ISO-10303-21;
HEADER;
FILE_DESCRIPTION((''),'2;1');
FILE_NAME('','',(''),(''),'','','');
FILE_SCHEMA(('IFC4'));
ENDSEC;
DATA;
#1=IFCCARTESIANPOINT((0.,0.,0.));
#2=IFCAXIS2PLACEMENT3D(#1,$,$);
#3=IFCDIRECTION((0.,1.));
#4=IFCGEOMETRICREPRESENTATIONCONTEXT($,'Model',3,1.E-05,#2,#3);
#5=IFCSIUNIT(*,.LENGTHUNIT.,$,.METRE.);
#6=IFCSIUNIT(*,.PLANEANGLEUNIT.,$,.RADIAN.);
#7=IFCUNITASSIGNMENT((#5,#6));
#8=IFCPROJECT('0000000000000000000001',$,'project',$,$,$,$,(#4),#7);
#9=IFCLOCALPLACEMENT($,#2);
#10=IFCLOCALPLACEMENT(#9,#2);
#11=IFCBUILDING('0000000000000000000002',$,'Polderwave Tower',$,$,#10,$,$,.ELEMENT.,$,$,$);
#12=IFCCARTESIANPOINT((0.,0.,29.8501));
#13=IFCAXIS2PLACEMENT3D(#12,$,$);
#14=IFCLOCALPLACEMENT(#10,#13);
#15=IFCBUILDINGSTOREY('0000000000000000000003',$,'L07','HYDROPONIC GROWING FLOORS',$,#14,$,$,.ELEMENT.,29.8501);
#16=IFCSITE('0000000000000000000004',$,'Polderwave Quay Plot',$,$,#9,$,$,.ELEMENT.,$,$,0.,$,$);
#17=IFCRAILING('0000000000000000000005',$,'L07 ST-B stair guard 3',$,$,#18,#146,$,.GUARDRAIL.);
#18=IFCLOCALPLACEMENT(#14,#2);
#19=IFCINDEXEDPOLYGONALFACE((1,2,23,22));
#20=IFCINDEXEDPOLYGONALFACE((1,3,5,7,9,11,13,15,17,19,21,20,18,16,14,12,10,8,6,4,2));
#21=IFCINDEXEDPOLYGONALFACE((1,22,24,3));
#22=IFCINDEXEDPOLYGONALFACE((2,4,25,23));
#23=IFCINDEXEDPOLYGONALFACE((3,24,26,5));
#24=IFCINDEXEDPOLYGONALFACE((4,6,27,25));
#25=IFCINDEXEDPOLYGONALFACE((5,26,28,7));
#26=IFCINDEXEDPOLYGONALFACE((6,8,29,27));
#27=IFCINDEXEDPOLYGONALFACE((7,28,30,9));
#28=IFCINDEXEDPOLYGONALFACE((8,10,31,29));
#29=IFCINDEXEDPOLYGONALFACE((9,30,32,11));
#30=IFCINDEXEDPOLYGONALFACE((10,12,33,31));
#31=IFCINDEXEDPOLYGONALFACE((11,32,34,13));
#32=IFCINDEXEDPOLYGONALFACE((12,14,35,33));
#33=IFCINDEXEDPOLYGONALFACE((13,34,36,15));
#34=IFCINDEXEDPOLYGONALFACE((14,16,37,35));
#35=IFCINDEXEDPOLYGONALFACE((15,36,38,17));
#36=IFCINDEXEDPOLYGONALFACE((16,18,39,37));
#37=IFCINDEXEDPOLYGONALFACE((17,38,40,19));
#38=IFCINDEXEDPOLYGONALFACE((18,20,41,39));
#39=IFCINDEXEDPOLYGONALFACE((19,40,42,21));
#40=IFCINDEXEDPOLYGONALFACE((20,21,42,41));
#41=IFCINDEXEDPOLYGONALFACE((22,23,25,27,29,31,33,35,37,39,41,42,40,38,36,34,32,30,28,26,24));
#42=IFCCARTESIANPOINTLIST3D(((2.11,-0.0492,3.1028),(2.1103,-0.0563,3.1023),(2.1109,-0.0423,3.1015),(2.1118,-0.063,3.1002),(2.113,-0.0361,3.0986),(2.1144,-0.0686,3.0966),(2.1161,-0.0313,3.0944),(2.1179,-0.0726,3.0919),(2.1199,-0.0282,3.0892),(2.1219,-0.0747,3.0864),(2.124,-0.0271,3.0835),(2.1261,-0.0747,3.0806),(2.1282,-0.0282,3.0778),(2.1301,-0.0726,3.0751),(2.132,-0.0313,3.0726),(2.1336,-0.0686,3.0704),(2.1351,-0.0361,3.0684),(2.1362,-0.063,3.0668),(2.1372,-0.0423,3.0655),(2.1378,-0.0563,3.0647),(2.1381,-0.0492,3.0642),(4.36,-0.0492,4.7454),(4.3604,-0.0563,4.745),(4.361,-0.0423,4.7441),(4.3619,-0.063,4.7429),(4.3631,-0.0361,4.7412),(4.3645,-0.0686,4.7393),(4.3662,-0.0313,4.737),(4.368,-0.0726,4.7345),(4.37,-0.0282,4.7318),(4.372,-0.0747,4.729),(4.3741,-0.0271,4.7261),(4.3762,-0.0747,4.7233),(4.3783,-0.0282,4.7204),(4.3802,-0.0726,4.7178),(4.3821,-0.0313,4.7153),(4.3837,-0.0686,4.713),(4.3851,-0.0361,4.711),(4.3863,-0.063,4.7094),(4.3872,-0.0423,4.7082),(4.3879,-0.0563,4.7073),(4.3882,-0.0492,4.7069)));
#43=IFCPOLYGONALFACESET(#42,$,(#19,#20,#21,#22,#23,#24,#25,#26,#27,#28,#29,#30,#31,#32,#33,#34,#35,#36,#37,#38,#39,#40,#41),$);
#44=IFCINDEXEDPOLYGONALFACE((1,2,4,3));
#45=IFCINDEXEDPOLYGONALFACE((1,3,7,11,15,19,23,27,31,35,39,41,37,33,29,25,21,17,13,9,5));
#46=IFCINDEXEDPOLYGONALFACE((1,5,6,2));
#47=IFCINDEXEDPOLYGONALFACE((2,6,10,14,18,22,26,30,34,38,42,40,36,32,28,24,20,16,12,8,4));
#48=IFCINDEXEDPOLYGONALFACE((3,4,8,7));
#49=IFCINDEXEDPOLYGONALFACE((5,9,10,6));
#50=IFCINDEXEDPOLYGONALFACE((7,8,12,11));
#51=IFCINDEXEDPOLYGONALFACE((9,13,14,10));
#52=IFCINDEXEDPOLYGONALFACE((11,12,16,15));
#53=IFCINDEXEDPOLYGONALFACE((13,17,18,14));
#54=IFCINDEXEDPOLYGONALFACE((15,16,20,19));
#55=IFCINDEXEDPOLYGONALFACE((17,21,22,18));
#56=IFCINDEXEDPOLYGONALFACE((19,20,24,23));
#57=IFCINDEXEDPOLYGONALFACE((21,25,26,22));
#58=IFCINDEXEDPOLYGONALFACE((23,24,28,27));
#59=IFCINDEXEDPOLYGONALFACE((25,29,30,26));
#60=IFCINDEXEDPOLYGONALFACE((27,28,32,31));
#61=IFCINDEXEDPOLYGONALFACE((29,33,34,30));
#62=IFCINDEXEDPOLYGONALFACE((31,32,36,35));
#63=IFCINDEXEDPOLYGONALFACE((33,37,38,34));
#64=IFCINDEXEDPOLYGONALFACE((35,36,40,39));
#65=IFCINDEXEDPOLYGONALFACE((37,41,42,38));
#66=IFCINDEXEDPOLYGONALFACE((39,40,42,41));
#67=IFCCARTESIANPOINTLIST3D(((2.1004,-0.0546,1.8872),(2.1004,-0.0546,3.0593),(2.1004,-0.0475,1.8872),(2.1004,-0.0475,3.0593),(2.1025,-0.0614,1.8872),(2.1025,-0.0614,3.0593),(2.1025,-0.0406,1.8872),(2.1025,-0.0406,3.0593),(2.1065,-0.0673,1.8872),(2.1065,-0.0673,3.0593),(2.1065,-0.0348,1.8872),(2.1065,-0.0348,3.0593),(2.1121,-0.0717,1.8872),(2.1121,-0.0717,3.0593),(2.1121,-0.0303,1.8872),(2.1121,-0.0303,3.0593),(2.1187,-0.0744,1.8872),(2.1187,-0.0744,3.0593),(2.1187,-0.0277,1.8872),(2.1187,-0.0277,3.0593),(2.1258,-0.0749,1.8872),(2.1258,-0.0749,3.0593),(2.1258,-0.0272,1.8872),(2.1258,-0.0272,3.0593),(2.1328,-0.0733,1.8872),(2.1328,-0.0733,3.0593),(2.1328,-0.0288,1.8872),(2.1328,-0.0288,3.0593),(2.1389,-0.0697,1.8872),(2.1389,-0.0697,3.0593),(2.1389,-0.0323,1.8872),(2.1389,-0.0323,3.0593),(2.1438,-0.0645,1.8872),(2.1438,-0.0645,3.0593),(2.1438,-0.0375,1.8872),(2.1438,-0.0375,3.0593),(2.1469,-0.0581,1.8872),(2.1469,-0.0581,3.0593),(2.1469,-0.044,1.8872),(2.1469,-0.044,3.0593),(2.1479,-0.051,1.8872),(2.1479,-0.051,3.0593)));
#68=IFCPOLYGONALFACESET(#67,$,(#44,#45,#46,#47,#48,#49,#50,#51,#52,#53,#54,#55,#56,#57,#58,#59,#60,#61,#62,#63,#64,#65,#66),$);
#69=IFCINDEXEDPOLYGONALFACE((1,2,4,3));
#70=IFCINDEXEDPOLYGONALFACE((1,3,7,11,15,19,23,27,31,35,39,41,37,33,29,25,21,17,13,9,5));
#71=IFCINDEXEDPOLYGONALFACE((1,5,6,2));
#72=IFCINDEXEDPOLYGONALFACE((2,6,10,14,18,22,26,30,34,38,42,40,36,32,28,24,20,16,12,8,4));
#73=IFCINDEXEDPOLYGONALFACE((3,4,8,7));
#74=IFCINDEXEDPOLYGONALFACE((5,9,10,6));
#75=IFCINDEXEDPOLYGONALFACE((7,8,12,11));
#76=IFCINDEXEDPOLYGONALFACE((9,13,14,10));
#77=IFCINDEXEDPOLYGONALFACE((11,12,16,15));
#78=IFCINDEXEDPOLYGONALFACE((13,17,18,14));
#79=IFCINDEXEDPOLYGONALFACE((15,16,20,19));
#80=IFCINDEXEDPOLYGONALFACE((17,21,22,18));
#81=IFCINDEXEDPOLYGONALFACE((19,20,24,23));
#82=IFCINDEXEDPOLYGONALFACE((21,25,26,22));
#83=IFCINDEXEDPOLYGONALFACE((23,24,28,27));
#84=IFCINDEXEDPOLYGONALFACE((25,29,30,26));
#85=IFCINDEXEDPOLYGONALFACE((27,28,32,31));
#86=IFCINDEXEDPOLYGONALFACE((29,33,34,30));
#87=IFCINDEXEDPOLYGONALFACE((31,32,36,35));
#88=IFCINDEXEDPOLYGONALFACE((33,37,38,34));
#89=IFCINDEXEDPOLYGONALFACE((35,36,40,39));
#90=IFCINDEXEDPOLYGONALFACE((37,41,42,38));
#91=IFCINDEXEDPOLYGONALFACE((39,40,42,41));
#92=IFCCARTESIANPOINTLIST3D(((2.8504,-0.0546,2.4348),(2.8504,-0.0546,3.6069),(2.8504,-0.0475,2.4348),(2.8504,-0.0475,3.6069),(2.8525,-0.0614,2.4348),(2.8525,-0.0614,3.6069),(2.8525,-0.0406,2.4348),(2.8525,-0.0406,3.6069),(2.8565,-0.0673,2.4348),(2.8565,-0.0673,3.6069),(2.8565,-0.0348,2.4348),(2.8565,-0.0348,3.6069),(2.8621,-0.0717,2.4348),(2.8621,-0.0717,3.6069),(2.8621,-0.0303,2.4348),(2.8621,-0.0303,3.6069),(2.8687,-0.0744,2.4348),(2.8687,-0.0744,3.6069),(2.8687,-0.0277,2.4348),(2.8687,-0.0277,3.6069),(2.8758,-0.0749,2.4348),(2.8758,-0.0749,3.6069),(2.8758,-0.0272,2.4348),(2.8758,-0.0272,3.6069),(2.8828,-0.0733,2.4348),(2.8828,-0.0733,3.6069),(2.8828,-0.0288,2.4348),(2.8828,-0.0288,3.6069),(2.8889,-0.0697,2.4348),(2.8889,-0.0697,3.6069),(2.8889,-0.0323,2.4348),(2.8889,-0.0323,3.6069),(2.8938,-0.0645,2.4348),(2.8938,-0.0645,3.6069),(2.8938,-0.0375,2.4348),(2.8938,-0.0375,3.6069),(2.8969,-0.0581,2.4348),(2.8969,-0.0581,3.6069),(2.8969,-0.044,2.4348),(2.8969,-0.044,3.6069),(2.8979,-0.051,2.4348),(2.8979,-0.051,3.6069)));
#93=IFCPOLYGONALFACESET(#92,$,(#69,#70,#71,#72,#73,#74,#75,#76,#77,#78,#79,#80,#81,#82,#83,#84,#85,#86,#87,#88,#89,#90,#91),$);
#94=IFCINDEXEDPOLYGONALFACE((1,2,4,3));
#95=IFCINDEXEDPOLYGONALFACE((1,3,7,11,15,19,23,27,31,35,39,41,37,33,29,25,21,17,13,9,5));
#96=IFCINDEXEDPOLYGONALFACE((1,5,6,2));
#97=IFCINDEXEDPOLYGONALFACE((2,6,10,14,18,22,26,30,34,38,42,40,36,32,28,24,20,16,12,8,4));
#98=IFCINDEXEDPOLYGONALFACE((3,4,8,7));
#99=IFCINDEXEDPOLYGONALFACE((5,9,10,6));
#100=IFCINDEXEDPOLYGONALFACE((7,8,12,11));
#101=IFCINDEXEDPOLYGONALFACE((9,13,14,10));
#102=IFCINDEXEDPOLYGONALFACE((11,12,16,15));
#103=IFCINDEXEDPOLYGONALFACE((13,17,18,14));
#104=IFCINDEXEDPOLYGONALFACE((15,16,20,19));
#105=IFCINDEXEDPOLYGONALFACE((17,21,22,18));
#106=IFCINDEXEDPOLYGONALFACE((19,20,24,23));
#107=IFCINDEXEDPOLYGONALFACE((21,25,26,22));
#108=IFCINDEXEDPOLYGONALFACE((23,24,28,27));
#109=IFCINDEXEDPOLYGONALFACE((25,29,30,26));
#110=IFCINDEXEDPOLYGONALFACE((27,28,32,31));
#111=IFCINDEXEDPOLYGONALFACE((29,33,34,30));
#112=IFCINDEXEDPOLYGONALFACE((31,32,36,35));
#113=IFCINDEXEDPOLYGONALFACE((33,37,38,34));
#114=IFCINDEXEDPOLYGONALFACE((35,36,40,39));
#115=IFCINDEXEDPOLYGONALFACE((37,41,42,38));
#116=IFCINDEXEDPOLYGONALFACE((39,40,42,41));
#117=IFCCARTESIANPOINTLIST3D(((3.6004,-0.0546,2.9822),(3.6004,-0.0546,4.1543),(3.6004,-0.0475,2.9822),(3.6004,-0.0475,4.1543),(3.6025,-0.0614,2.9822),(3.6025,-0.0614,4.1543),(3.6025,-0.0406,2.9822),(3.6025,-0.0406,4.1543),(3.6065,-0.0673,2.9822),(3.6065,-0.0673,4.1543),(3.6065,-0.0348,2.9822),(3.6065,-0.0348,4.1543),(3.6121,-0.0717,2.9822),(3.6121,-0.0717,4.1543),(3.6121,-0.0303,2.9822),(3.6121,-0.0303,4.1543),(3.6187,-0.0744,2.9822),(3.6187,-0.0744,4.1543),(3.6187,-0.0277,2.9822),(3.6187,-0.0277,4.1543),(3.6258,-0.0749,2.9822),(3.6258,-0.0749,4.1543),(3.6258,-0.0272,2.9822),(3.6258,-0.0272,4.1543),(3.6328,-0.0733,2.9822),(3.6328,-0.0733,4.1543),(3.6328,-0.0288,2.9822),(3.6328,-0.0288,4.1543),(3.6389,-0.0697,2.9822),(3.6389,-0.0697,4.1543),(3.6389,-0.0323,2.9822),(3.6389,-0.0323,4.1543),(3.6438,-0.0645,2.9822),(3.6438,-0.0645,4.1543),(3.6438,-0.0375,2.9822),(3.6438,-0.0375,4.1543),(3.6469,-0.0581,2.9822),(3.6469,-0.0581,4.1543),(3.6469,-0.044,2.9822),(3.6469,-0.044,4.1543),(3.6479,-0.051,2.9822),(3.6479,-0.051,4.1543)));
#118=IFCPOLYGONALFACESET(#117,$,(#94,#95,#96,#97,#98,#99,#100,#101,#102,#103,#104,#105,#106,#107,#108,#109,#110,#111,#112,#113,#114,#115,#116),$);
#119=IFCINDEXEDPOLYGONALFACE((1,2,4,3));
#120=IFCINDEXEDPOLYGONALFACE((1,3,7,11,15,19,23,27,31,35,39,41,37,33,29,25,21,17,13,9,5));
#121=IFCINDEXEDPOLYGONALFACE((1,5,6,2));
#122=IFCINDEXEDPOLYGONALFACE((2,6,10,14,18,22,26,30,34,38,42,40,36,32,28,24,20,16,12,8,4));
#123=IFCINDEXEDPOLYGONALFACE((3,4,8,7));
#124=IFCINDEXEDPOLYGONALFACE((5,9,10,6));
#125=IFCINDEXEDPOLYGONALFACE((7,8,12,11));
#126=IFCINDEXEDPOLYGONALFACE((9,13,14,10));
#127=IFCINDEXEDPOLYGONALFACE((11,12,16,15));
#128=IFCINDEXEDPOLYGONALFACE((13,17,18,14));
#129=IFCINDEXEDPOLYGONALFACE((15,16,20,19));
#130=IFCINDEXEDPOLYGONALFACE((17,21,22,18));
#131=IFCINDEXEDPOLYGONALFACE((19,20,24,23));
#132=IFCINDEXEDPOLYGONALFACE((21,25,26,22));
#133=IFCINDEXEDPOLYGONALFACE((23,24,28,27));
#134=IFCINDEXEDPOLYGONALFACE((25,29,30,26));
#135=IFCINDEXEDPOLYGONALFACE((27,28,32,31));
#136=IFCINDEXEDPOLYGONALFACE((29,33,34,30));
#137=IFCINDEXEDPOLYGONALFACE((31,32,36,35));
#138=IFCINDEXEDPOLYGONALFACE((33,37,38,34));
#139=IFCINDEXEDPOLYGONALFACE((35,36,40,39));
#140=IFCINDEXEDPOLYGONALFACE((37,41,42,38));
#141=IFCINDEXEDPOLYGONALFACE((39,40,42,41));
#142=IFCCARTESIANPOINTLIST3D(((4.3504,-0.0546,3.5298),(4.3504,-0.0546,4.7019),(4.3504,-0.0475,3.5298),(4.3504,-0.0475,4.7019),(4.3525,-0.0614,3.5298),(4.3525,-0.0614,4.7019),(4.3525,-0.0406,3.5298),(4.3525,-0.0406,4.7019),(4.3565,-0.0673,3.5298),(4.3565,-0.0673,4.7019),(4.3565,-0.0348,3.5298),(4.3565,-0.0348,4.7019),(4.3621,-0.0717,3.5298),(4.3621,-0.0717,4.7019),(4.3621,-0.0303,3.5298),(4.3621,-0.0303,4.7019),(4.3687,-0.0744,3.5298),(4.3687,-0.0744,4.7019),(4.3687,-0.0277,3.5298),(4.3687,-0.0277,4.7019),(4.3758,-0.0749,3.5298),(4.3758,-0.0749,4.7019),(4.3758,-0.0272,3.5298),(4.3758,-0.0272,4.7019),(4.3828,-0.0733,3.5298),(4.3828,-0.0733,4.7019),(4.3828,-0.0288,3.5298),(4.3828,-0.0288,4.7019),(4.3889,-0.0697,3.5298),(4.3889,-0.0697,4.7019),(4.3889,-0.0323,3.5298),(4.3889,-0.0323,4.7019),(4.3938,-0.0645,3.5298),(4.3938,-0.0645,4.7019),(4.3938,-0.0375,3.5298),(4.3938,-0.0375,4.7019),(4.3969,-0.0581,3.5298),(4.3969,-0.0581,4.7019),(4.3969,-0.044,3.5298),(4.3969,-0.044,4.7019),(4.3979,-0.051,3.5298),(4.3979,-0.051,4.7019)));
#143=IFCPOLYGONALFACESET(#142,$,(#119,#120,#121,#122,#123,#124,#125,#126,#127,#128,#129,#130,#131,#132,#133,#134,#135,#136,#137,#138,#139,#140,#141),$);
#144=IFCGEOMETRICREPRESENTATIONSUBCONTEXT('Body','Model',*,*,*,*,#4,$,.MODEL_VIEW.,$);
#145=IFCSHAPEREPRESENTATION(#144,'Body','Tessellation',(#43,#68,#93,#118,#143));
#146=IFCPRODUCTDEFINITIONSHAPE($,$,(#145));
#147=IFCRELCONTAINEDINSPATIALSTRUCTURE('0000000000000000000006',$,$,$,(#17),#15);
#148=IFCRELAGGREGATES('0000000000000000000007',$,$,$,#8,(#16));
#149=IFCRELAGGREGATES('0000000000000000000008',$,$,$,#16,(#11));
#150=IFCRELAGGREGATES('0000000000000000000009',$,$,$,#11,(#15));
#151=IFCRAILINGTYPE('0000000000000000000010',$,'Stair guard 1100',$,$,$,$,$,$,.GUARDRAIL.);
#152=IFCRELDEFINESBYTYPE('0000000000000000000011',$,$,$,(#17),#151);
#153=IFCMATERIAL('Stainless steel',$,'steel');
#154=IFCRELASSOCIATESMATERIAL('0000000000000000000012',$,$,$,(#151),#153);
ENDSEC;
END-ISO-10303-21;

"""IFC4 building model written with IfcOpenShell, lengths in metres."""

from ifc_helpers import new_model, si_unit, direction, frame, origin, origin_2d, place, context, subcontext, project, spatial, circle, extrude, material, type_object, element, save


model = new_model("IFC4")

# Units and contexts
model_context = context("Model", 3, precision=1e-05, world=origin(), true_north=direction((0.0, 1.0)))
body_context = subcontext(model_context, "Body", "Model", "MODEL_VIEW")
ifc_project = project(units=[si_unit("LENGTHUNIT", "METRE"), si_unit("PLANEANGLEUNIT", "RADIAN")], contexts=[model_context])

# Site, building, storey
site_placement = place(None, origin())
site = spatial("IfcSite", under=ifc_project, at=site_placement, Name="Polderwave Quay Plot", CompositionType="ELEMENT", RefElevation=0.0)
building_placement = place(site_placement, origin())
building = spatial("IfcBuilding", under=site, at=building_placement, Name="Polderwave Tower", CompositionType="ELEMENT")
storey_placement = place(building_placement, frame((0.0, 0.0, 29.8501)))
storey = spatial("IfcBuildingStorey", under=building, at=storey_placement, Name="L07", Description="HYDROPONIC GROWING FLOORS", CompositionType="ELEMENT", Elevation=29.8501)

# Railing
ifc_material_1 = material(Name="Stainless steel", Category="steel")
railing_type_1 = type_object("IfcRailingType", Name="Stair guard 1100", PredefinedType="GUARDRAIL", material=ifc_material_1)
railing_1_placement = place(storey_placement, frame((2.124, -0.051, 1.8872)))
element("IfcRailing", 1, at=railing_1_placement, inside=storey, type_object=railing_type_1, Name="L07 ST-B stair guard 3", PredefinedType="GUARDRAIL", context=body_context, shape_type="SweptSolid", body=[
    extrude(circle(Radius=0.0239, at=origin_2d()), frame((0.0, 0.0, 1.1963), z_axis=(0.807674, 0.0, 0.58963), x_axis=(0.0, 1.0, 0.0)), (0.0, 0.0, 1.0), 2.7859),
    extrude(circle(Radius=0.0239, at=origin_2d()), origin(), (0.0, 0.0, 1.0), 1.1721),
    extrude(circle(Radius=0.0239, at=origin_2d()), frame((0.75, 0.0, 0.5476)), (0.0, 0.0, 1.0), 1.1721),
    extrude(circle(Radius=0.0239, at=origin_2d()), frame((1.5, 0.0, 1.095)), (0.0, 0.0, 1.0), 1.1721),
    extrude(circle(Radius=0.0239, at=origin_2d()), frame((2.25, 0.0, 1.6426)), (0.0, 0.0, 1.0), 1.1721),
])

save(model, "model.ifc")
